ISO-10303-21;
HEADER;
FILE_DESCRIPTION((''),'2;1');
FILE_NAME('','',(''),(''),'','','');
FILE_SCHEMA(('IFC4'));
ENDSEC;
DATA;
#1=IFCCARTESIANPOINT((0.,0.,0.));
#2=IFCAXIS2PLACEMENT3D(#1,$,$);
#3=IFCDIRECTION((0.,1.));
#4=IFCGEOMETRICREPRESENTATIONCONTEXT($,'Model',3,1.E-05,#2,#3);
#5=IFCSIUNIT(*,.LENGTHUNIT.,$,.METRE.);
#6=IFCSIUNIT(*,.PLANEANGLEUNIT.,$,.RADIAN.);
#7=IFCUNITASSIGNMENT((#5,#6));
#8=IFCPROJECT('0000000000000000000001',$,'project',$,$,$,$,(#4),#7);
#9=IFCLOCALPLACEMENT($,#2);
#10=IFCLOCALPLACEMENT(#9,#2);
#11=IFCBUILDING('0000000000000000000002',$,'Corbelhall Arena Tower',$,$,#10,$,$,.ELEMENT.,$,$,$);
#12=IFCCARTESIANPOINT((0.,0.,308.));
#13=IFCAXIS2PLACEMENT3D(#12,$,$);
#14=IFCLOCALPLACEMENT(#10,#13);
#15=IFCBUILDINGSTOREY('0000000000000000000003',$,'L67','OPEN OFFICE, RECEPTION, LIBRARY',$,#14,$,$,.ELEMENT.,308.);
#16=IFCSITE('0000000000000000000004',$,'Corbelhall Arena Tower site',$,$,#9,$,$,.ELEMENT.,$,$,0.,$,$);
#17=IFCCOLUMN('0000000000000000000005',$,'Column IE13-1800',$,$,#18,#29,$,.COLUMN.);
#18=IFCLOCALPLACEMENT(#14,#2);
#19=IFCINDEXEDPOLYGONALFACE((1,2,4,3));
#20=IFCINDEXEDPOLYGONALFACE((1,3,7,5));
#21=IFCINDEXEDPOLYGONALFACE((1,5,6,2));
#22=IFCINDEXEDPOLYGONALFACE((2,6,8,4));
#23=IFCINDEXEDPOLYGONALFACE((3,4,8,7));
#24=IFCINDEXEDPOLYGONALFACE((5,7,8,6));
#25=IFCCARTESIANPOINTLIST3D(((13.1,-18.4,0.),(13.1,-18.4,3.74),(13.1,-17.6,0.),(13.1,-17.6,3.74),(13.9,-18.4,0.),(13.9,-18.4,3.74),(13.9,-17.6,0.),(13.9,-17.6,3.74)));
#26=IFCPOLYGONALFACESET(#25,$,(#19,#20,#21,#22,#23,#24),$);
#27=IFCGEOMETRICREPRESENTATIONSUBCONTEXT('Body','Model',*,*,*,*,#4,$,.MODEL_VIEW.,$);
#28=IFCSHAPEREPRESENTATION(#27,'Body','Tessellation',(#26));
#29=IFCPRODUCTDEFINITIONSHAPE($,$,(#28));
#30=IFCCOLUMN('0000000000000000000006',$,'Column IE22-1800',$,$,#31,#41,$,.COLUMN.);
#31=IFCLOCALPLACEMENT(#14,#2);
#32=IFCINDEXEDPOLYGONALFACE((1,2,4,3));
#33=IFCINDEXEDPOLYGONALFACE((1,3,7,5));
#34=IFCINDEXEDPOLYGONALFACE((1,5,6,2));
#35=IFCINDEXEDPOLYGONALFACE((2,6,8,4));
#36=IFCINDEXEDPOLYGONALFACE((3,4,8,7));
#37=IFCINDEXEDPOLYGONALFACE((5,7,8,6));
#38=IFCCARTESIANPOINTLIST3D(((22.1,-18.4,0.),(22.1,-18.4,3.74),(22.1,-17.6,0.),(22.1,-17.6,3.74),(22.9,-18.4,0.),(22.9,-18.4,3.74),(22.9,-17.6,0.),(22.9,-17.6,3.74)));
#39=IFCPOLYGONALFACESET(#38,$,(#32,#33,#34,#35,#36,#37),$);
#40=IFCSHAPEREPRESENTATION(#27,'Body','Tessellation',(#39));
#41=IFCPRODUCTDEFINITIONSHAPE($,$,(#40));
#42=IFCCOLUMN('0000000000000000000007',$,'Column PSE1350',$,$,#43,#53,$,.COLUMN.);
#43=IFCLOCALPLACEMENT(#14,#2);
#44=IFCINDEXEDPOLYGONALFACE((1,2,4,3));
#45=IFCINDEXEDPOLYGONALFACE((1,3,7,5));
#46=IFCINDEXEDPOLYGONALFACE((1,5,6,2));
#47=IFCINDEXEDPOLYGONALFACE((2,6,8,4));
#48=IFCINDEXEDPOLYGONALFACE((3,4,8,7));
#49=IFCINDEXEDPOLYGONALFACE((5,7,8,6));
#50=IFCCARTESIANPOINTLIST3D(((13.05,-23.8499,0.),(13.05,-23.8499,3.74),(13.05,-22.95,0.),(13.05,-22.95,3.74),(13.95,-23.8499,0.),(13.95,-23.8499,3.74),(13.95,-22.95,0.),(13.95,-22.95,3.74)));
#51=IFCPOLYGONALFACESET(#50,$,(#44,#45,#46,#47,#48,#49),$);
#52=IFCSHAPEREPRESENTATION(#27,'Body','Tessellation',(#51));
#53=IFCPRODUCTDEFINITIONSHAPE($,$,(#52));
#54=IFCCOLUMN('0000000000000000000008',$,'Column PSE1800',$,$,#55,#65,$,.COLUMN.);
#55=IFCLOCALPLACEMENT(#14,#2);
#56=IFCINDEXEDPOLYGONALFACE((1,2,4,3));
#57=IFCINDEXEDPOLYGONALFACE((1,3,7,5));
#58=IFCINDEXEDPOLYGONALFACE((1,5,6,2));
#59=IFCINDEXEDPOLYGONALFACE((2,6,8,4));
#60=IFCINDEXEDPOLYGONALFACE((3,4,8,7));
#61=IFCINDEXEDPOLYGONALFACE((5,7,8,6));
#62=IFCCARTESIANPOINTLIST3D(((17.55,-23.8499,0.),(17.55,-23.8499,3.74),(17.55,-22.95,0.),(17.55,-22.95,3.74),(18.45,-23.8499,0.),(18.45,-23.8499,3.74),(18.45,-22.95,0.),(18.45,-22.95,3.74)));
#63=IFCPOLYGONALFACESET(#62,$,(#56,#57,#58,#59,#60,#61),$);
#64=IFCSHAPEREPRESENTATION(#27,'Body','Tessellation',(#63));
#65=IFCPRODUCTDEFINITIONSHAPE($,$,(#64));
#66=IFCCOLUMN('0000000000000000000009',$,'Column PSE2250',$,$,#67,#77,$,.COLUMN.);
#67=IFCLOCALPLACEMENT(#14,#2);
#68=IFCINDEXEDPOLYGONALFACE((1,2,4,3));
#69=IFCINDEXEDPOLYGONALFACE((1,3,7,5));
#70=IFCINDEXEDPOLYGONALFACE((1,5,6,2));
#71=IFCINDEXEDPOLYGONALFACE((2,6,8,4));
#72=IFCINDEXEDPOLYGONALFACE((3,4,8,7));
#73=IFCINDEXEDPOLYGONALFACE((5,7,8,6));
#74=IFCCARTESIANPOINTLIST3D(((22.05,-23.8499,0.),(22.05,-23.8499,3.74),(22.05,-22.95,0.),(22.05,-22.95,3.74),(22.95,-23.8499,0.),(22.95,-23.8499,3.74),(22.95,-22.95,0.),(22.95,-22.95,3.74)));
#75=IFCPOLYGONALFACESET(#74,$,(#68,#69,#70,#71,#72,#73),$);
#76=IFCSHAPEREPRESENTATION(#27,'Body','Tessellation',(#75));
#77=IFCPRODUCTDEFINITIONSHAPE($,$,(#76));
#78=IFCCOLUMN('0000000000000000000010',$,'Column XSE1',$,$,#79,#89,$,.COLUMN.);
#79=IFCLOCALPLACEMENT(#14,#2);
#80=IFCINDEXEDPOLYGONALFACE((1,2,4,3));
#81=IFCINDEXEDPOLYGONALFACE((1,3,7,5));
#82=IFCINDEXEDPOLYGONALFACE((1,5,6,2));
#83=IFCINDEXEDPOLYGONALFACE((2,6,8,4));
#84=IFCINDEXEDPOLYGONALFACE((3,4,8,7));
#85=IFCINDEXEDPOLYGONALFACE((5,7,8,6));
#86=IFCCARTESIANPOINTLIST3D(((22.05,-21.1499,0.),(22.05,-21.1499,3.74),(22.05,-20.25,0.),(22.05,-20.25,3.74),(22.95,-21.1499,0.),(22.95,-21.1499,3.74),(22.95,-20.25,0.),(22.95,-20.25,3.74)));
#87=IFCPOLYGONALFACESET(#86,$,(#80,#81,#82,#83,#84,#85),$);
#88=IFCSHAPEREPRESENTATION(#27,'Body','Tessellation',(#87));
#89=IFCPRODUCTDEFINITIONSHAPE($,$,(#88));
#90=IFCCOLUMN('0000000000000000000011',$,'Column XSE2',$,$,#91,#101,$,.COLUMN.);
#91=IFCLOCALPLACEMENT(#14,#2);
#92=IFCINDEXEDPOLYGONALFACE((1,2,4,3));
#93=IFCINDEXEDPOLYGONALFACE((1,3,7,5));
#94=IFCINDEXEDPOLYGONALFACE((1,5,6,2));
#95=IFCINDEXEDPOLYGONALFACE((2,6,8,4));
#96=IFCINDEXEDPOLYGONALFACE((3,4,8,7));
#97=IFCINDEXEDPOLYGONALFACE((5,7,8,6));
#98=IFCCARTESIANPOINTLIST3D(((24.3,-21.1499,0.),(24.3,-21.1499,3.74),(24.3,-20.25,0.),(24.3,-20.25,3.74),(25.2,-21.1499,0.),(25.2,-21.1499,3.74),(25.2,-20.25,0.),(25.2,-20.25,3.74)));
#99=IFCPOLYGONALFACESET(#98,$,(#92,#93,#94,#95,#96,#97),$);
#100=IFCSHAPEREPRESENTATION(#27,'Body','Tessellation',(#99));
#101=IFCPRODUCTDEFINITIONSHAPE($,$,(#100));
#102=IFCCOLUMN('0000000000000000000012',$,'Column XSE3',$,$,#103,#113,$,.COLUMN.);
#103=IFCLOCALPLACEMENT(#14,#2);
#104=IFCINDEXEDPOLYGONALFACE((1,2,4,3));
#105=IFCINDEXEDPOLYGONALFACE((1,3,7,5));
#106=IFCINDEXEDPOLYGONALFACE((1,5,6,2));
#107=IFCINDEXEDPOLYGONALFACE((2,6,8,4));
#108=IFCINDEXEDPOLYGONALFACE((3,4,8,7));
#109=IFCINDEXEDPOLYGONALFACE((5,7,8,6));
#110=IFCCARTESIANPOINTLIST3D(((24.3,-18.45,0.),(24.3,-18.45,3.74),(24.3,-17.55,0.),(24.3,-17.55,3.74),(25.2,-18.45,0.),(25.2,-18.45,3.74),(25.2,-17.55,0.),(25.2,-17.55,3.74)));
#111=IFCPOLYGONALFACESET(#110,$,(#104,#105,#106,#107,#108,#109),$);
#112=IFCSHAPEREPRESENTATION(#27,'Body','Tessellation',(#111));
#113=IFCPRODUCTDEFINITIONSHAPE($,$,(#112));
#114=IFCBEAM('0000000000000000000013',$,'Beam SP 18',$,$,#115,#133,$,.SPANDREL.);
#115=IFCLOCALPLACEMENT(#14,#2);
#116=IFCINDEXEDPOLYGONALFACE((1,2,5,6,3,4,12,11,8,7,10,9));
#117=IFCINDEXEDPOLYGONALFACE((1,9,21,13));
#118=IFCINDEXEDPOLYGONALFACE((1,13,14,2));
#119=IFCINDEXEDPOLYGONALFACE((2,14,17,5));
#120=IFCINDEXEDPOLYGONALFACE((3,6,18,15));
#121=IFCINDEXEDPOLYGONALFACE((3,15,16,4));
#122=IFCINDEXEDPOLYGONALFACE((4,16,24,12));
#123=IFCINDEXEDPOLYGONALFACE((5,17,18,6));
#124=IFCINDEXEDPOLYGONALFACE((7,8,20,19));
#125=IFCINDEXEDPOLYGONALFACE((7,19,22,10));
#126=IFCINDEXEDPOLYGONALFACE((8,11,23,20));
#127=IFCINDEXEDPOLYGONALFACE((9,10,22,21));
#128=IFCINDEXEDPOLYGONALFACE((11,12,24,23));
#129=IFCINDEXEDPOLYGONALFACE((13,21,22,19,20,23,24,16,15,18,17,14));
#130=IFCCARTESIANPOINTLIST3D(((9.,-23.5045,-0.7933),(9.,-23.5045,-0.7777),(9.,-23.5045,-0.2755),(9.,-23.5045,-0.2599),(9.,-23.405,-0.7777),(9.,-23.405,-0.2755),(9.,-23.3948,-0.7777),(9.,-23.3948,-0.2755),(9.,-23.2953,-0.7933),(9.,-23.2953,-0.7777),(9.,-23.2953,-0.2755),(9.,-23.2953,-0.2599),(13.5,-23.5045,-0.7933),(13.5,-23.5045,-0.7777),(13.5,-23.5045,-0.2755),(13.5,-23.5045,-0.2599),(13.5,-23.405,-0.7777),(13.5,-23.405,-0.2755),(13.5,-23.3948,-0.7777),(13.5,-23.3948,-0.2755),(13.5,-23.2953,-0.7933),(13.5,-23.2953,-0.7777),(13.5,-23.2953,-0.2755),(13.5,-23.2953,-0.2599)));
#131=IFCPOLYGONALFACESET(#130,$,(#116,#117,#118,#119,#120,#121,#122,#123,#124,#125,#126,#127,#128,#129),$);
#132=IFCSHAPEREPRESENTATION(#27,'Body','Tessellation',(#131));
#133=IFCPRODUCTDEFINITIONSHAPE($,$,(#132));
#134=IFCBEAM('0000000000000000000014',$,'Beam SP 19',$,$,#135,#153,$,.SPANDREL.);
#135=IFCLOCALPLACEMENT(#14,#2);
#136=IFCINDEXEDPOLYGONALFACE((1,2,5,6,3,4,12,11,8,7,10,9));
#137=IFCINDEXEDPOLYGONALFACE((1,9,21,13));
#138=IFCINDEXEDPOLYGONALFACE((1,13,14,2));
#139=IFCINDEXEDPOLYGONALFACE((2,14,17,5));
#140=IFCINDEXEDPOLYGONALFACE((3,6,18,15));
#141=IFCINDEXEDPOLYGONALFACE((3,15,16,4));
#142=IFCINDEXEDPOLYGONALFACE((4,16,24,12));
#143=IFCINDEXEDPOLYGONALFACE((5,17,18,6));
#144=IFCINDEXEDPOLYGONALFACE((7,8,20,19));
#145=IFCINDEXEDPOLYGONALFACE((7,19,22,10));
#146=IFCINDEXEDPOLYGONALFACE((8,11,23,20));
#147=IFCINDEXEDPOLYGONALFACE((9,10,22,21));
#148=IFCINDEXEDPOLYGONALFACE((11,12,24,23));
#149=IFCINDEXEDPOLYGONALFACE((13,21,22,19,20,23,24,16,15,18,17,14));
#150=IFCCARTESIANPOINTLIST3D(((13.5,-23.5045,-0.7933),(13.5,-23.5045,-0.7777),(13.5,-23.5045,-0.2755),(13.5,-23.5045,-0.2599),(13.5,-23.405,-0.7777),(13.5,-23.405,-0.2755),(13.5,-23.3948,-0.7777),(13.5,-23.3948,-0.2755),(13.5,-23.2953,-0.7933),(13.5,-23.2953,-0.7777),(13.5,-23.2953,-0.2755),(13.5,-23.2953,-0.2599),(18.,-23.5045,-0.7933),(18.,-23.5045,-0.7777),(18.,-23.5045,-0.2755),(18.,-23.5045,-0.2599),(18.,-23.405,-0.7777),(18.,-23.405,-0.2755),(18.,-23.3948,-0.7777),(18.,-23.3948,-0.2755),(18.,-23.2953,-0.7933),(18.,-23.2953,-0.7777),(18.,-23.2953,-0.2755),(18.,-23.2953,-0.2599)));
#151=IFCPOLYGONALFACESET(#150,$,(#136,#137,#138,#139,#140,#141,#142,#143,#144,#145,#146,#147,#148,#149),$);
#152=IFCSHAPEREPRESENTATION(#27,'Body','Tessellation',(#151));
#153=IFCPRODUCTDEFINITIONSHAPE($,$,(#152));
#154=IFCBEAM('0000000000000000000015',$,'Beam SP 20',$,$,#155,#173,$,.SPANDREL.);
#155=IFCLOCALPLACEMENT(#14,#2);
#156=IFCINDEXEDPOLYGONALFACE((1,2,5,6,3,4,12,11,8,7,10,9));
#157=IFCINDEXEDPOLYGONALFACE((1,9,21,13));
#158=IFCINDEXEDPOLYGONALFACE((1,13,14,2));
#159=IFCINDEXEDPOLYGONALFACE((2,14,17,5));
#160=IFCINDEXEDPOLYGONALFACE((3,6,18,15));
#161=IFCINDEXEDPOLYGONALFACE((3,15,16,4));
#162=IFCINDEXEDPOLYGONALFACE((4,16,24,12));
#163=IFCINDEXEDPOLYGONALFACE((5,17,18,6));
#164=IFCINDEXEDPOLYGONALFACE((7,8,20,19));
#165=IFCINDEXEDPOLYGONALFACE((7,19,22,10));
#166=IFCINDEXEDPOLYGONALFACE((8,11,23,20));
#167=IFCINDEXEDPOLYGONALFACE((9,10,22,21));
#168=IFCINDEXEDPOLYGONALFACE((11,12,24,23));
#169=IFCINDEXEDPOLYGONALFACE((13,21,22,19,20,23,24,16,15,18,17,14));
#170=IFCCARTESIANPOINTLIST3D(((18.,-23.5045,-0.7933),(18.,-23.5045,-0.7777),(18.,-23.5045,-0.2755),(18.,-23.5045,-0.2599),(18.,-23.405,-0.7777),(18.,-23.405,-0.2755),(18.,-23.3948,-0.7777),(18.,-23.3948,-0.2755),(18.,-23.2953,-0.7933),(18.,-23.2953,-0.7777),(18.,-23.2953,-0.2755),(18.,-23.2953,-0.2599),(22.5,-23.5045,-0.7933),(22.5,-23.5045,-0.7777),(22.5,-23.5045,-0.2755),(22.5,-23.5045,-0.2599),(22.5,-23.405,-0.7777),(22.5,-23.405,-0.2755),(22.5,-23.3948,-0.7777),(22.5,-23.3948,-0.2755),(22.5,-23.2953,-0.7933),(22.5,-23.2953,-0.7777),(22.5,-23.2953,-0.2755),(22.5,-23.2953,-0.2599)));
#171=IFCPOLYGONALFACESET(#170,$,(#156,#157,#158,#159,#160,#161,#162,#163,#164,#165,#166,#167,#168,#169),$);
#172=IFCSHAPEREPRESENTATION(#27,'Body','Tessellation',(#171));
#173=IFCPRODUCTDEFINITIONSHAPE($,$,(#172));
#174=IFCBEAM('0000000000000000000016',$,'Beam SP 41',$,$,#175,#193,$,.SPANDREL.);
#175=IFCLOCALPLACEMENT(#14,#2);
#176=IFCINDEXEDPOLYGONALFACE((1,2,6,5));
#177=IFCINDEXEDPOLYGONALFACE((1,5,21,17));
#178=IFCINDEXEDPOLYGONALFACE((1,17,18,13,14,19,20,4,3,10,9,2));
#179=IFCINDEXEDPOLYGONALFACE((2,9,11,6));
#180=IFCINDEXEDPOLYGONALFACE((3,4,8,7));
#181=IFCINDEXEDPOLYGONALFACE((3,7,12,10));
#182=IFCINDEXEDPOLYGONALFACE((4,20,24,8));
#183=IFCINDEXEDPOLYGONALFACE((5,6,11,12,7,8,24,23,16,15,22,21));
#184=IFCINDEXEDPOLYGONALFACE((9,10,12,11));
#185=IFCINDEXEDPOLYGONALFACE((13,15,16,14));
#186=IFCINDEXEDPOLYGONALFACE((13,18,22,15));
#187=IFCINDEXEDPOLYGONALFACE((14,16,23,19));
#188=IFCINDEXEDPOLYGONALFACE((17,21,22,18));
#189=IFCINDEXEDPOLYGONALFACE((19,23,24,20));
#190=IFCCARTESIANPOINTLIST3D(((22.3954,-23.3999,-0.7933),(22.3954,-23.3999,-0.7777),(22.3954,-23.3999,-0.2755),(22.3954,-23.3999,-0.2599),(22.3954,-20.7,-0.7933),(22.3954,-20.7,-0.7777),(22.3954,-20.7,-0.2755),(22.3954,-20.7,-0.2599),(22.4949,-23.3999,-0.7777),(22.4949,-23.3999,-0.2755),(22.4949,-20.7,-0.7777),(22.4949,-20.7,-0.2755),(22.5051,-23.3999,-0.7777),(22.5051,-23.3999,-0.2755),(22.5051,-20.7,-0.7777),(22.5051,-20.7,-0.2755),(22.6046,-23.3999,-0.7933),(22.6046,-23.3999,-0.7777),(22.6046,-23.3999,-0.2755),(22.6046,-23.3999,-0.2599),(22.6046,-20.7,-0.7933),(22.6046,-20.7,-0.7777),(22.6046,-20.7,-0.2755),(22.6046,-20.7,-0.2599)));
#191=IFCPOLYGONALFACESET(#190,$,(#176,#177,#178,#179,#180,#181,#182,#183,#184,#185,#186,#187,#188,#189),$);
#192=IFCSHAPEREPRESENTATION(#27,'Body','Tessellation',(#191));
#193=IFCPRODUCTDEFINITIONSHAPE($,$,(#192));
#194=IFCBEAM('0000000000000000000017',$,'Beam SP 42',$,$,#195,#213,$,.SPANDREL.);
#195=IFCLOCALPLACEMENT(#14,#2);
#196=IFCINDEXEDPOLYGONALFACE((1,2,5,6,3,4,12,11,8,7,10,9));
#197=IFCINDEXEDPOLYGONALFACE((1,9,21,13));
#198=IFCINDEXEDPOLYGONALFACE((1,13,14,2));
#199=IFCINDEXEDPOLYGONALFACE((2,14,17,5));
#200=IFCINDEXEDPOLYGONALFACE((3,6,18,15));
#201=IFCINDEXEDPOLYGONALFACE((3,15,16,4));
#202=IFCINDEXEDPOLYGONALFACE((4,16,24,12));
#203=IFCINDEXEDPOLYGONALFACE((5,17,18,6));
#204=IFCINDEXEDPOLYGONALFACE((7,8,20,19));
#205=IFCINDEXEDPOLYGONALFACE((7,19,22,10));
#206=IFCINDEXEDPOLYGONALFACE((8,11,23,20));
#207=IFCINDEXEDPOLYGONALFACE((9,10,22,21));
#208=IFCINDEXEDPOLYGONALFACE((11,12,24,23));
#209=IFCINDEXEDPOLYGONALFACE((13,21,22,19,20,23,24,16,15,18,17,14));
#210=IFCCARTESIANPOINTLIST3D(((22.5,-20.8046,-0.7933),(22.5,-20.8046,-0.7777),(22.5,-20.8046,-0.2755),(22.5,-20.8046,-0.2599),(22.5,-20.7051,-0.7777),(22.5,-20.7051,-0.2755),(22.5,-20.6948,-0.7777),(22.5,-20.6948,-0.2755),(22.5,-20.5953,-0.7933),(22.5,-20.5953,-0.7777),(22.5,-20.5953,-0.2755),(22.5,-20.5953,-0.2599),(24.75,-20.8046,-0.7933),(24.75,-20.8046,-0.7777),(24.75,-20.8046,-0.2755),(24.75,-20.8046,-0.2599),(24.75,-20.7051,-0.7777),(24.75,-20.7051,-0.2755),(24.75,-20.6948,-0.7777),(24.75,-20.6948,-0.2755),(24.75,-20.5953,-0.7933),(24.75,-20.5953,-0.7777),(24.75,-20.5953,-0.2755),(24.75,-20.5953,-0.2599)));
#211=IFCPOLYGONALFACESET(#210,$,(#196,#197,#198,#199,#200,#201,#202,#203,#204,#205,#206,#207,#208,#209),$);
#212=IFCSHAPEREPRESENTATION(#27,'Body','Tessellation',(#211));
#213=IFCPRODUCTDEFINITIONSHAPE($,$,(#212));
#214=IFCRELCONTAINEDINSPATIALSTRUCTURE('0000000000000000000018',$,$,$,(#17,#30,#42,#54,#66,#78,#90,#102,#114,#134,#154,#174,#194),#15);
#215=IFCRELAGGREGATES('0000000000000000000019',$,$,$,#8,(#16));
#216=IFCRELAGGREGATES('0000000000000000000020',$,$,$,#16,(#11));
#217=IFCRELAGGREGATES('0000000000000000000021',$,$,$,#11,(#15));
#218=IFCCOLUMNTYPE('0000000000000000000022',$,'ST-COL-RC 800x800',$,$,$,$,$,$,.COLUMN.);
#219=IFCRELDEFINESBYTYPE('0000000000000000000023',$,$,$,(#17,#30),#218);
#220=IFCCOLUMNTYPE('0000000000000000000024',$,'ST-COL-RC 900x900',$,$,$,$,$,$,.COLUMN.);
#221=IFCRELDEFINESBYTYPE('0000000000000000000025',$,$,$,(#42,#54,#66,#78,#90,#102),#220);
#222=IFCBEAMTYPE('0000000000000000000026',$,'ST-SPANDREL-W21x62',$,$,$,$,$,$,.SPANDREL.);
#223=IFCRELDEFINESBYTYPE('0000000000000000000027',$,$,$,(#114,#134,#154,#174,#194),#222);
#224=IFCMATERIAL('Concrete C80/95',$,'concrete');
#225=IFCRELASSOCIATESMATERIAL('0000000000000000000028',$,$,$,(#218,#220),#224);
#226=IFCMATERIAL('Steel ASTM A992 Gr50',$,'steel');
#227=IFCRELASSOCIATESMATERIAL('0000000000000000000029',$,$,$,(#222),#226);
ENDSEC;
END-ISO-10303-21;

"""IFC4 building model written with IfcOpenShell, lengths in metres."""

from ifc_helpers import new_model, si_unit, direction, frame, origin, origin_2d, place, context, subcontext, project, spatial, rectangle, i_section, extrude, material, material_profile, profile_set, type_object, element, save


model = new_model("IFC4")

# Units and contexts
model_context = context("Model", 3, precision=1e-05, world=origin(), true_north=direction((0.0, 1.0)))
body_context = subcontext(model_context, "Body", "Model", "MODEL_VIEW")
ifc_project = project(units=[si_unit("LENGTHUNIT", "METRE"), si_unit("PLANEANGLEUNIT", "RADIAN")], contexts=[model_context])

# Site, building, storey
site_placement = place(None, origin())
site = spatial("IfcSite", under=ifc_project, at=site_placement, Name="Corbelhall Arena Tower site", CompositionType="ELEMENT", RefElevation=0.0)
building_placement = place(site_placement, origin())
building = spatial("IfcBuilding", under=site, at=building_placement, Name="Corbelhall Arena Tower", CompositionType="ELEMENT")
storey_placement = place(building_placement, frame((0.0, 0.0, 308.0)))
storey = spatial("IfcBuildingStorey", under=building, at=storey_placement, Name="L67", Description="OPEN OFFICE, RECEPTION, LIBRARY", CompositionType="ELEMENT", Elevation=308.0)

# Columns
ifc_material_1 = material(Name="Concrete C80/95", Category="concrete")
ifc_material_profile_1 = material_profile(ifc_material_1, rectangle(XDim=0.8, YDim=0.8, at=origin_2d()))
ifc_profile_set_1 = profile_set([ifc_material_profile_1], Name="Concrete C80/95")
column_type_1 = type_object("IfcColumnType", Name="ST-COL-RC 800x800", PredefinedType="COLUMN", material=ifc_profile_set_1)
for number, where, z_axis, x_axis, name in (
    (1, (13.5, -18.0, 0.0), (0.0, 0.0, 1.0), (1.0, 0.0, 0.0), "Column IE13-1800"),
    (2, (22.5, -18.0, 0.0), (0.0, 0.0, 1.0), (1.0, 0.0, 0.0), "Column IE22-1800"),
):
    element("IfcColumn", number, at=place(storey_placement, frame(where, z_axis=z_axis, x_axis=x_axis)), inside=storey, type_object=column_type_1, Name=name, PredefinedType="COLUMN", context=body_context, shape_type="SweptSolid", body=[
        extrude(rectangle(XDim=0.8, YDim=0.8, at=origin_2d()), origin(), (0.0, 0.0, 1.0), 3.74),
    ])
ifc_material_profile_2 = material_profile(ifc_material_1, rectangle(XDim=0.8999, YDim=0.8999, at=origin_2d()))
ifc_profile_set_2 = profile_set([ifc_material_profile_2], Name="Concrete C80/95")
column_type_2 = type_object("IfcColumnType", Name="ST-COL-RC 900x900", PredefinedType="COLUMN", material=ifc_profile_set_2)
for number, where, z_axis, x_axis, name in (
    (3, (13.5, -23.3999, 0.0), (0.0, 0.0, 1.0), (1.0, 0.0, 0.0), "Column PSE1350"),
    (4, (18.0, -23.3999, 0.0), (0.0, 0.0, 1.0), (1.0, 0.0, 0.0), "Column PSE1800"),
    (5, (22.5, -23.3999, 0.0), (0.0, 0.0, 1.0), (1.0, 0.0, 0.0), "Column PSE2250"),
    (6, (22.5, -20.7, 0.0), (0.0, 0.0, 1.0), (1.0, 0.0, 0.0), "Column XSE1"),
    (7, (24.75, -20.7, 0.0), (0.0, 0.0, 1.0), (1.0, 0.0, 0.0), "Column XSE2"),
    (8, (24.75, -18.0, 0.0), (0.0, 0.0, 1.0), (1.0, 0.0, 0.0), "Column XSE3"),
):
    element("IfcColumn", number, at=place(storey_placement, frame(where, z_axis=z_axis, x_axis=x_axis)), inside=storey, type_object=column_type_2, Name=name, PredefinedType="COLUMN", context=body_context, shape_type="SweptSolid", body=[
        extrude(rectangle(XDim=0.8999, YDim=0.8999, at=origin_2d()), origin(), (0.0, 0.0, 1.0), 3.74),
    ])

# Beams
ifc_material_2 = material(Name="Steel ASTM A992 Gr50", Category="steel")
ifc_material_profile_3 = material_profile(ifc_material_2, i_section(OverallWidth=0.2092, OverallDepth=0.5334, WebThickness=0.0103, FlangeThickness=0.0156, at=origin_2d()))
ifc_profile_set_3 = profile_set([ifc_material_profile_3], Name="Steel ASTM A992 Gr50")
beam_type = type_object("IfcBeamType", Name="ST-SPANDREL-W21x62", PredefinedType="SPANDREL", material=ifc_profile_set_3)
for number, where, z_axis, x_axis, name in (
    (9, (13.5, -23.3999, -0.5266), (-1.0, 0.0, 0.0), (0.0, -1.0, 0.0), "Beam SP 18"),
    (10, (18.0, -23.3999, -0.5266), (-1.0, 0.0, 0.0), (0.0, -1.0, 0.0), "Beam SP 19"),
    (11, (22.5, -23.3999, -0.5266), (-1.0, 0.0, 0.0), (0.0, -1.0, 0.0), "Beam SP 20"),
):
    element("IfcBeam", number, at=place(storey_placement, frame(where, z_axis=z_axis, x_axis=x_axis)), inside=storey, type_object=beam_type, Name=name, PredefinedType="SPANDREL", context=body_context, shape_type="SweptSolid", body=[
        extrude(i_section(OverallWidth=0.2092, OverallDepth=0.5334, WebThickness=0.0103, FlangeThickness=0.0156, at=origin_2d()), origin(), (0.0, 0.0, 1.0), 4.5),
    ])
beam_1_placement = place(storey_placement, frame((22.5, -20.7, -0.5266), z_axis=(0.0, -1.0, 0.0), x_axis=(1.0, 0.0, 0.0)))
element("IfcBeam", 12, at=beam_1_placement, inside=storey, type_object=beam_type, Name="Beam SP 41", PredefinedType="SPANDREL", context=body_context, shape_type="SweptSolid", body=[
    extrude(i_section(OverallWidth=0.2092, OverallDepth=0.5334, WebThickness=0.0103, FlangeThickness=0.0156, at=origin_2d()), origin(), (0.0, 0.0, 1.0), 2.7),
])
beam_2_placement = place(storey_placement, frame((24.75, -20.7, -0.5266), z_axis=(-1.0, 0.0, 0.0), x_axis=(0.0, -1.0, 0.0)))
element("IfcBeam", 13, at=beam_2_placement, inside=storey, type_object=beam_type, Name="Beam SP 42", PredefinedType="SPANDREL", context=body_context, shape_type="SweptSolid", body=[
    extrude(i_section(OverallWidth=0.2092, OverallDepth=0.5334, WebThickness=0.0103, FlangeThickness=0.0156, at=origin_2d()), origin(), (0.0, 0.0, 1.0), 2.25),
])

save(model, "model.ifc")
